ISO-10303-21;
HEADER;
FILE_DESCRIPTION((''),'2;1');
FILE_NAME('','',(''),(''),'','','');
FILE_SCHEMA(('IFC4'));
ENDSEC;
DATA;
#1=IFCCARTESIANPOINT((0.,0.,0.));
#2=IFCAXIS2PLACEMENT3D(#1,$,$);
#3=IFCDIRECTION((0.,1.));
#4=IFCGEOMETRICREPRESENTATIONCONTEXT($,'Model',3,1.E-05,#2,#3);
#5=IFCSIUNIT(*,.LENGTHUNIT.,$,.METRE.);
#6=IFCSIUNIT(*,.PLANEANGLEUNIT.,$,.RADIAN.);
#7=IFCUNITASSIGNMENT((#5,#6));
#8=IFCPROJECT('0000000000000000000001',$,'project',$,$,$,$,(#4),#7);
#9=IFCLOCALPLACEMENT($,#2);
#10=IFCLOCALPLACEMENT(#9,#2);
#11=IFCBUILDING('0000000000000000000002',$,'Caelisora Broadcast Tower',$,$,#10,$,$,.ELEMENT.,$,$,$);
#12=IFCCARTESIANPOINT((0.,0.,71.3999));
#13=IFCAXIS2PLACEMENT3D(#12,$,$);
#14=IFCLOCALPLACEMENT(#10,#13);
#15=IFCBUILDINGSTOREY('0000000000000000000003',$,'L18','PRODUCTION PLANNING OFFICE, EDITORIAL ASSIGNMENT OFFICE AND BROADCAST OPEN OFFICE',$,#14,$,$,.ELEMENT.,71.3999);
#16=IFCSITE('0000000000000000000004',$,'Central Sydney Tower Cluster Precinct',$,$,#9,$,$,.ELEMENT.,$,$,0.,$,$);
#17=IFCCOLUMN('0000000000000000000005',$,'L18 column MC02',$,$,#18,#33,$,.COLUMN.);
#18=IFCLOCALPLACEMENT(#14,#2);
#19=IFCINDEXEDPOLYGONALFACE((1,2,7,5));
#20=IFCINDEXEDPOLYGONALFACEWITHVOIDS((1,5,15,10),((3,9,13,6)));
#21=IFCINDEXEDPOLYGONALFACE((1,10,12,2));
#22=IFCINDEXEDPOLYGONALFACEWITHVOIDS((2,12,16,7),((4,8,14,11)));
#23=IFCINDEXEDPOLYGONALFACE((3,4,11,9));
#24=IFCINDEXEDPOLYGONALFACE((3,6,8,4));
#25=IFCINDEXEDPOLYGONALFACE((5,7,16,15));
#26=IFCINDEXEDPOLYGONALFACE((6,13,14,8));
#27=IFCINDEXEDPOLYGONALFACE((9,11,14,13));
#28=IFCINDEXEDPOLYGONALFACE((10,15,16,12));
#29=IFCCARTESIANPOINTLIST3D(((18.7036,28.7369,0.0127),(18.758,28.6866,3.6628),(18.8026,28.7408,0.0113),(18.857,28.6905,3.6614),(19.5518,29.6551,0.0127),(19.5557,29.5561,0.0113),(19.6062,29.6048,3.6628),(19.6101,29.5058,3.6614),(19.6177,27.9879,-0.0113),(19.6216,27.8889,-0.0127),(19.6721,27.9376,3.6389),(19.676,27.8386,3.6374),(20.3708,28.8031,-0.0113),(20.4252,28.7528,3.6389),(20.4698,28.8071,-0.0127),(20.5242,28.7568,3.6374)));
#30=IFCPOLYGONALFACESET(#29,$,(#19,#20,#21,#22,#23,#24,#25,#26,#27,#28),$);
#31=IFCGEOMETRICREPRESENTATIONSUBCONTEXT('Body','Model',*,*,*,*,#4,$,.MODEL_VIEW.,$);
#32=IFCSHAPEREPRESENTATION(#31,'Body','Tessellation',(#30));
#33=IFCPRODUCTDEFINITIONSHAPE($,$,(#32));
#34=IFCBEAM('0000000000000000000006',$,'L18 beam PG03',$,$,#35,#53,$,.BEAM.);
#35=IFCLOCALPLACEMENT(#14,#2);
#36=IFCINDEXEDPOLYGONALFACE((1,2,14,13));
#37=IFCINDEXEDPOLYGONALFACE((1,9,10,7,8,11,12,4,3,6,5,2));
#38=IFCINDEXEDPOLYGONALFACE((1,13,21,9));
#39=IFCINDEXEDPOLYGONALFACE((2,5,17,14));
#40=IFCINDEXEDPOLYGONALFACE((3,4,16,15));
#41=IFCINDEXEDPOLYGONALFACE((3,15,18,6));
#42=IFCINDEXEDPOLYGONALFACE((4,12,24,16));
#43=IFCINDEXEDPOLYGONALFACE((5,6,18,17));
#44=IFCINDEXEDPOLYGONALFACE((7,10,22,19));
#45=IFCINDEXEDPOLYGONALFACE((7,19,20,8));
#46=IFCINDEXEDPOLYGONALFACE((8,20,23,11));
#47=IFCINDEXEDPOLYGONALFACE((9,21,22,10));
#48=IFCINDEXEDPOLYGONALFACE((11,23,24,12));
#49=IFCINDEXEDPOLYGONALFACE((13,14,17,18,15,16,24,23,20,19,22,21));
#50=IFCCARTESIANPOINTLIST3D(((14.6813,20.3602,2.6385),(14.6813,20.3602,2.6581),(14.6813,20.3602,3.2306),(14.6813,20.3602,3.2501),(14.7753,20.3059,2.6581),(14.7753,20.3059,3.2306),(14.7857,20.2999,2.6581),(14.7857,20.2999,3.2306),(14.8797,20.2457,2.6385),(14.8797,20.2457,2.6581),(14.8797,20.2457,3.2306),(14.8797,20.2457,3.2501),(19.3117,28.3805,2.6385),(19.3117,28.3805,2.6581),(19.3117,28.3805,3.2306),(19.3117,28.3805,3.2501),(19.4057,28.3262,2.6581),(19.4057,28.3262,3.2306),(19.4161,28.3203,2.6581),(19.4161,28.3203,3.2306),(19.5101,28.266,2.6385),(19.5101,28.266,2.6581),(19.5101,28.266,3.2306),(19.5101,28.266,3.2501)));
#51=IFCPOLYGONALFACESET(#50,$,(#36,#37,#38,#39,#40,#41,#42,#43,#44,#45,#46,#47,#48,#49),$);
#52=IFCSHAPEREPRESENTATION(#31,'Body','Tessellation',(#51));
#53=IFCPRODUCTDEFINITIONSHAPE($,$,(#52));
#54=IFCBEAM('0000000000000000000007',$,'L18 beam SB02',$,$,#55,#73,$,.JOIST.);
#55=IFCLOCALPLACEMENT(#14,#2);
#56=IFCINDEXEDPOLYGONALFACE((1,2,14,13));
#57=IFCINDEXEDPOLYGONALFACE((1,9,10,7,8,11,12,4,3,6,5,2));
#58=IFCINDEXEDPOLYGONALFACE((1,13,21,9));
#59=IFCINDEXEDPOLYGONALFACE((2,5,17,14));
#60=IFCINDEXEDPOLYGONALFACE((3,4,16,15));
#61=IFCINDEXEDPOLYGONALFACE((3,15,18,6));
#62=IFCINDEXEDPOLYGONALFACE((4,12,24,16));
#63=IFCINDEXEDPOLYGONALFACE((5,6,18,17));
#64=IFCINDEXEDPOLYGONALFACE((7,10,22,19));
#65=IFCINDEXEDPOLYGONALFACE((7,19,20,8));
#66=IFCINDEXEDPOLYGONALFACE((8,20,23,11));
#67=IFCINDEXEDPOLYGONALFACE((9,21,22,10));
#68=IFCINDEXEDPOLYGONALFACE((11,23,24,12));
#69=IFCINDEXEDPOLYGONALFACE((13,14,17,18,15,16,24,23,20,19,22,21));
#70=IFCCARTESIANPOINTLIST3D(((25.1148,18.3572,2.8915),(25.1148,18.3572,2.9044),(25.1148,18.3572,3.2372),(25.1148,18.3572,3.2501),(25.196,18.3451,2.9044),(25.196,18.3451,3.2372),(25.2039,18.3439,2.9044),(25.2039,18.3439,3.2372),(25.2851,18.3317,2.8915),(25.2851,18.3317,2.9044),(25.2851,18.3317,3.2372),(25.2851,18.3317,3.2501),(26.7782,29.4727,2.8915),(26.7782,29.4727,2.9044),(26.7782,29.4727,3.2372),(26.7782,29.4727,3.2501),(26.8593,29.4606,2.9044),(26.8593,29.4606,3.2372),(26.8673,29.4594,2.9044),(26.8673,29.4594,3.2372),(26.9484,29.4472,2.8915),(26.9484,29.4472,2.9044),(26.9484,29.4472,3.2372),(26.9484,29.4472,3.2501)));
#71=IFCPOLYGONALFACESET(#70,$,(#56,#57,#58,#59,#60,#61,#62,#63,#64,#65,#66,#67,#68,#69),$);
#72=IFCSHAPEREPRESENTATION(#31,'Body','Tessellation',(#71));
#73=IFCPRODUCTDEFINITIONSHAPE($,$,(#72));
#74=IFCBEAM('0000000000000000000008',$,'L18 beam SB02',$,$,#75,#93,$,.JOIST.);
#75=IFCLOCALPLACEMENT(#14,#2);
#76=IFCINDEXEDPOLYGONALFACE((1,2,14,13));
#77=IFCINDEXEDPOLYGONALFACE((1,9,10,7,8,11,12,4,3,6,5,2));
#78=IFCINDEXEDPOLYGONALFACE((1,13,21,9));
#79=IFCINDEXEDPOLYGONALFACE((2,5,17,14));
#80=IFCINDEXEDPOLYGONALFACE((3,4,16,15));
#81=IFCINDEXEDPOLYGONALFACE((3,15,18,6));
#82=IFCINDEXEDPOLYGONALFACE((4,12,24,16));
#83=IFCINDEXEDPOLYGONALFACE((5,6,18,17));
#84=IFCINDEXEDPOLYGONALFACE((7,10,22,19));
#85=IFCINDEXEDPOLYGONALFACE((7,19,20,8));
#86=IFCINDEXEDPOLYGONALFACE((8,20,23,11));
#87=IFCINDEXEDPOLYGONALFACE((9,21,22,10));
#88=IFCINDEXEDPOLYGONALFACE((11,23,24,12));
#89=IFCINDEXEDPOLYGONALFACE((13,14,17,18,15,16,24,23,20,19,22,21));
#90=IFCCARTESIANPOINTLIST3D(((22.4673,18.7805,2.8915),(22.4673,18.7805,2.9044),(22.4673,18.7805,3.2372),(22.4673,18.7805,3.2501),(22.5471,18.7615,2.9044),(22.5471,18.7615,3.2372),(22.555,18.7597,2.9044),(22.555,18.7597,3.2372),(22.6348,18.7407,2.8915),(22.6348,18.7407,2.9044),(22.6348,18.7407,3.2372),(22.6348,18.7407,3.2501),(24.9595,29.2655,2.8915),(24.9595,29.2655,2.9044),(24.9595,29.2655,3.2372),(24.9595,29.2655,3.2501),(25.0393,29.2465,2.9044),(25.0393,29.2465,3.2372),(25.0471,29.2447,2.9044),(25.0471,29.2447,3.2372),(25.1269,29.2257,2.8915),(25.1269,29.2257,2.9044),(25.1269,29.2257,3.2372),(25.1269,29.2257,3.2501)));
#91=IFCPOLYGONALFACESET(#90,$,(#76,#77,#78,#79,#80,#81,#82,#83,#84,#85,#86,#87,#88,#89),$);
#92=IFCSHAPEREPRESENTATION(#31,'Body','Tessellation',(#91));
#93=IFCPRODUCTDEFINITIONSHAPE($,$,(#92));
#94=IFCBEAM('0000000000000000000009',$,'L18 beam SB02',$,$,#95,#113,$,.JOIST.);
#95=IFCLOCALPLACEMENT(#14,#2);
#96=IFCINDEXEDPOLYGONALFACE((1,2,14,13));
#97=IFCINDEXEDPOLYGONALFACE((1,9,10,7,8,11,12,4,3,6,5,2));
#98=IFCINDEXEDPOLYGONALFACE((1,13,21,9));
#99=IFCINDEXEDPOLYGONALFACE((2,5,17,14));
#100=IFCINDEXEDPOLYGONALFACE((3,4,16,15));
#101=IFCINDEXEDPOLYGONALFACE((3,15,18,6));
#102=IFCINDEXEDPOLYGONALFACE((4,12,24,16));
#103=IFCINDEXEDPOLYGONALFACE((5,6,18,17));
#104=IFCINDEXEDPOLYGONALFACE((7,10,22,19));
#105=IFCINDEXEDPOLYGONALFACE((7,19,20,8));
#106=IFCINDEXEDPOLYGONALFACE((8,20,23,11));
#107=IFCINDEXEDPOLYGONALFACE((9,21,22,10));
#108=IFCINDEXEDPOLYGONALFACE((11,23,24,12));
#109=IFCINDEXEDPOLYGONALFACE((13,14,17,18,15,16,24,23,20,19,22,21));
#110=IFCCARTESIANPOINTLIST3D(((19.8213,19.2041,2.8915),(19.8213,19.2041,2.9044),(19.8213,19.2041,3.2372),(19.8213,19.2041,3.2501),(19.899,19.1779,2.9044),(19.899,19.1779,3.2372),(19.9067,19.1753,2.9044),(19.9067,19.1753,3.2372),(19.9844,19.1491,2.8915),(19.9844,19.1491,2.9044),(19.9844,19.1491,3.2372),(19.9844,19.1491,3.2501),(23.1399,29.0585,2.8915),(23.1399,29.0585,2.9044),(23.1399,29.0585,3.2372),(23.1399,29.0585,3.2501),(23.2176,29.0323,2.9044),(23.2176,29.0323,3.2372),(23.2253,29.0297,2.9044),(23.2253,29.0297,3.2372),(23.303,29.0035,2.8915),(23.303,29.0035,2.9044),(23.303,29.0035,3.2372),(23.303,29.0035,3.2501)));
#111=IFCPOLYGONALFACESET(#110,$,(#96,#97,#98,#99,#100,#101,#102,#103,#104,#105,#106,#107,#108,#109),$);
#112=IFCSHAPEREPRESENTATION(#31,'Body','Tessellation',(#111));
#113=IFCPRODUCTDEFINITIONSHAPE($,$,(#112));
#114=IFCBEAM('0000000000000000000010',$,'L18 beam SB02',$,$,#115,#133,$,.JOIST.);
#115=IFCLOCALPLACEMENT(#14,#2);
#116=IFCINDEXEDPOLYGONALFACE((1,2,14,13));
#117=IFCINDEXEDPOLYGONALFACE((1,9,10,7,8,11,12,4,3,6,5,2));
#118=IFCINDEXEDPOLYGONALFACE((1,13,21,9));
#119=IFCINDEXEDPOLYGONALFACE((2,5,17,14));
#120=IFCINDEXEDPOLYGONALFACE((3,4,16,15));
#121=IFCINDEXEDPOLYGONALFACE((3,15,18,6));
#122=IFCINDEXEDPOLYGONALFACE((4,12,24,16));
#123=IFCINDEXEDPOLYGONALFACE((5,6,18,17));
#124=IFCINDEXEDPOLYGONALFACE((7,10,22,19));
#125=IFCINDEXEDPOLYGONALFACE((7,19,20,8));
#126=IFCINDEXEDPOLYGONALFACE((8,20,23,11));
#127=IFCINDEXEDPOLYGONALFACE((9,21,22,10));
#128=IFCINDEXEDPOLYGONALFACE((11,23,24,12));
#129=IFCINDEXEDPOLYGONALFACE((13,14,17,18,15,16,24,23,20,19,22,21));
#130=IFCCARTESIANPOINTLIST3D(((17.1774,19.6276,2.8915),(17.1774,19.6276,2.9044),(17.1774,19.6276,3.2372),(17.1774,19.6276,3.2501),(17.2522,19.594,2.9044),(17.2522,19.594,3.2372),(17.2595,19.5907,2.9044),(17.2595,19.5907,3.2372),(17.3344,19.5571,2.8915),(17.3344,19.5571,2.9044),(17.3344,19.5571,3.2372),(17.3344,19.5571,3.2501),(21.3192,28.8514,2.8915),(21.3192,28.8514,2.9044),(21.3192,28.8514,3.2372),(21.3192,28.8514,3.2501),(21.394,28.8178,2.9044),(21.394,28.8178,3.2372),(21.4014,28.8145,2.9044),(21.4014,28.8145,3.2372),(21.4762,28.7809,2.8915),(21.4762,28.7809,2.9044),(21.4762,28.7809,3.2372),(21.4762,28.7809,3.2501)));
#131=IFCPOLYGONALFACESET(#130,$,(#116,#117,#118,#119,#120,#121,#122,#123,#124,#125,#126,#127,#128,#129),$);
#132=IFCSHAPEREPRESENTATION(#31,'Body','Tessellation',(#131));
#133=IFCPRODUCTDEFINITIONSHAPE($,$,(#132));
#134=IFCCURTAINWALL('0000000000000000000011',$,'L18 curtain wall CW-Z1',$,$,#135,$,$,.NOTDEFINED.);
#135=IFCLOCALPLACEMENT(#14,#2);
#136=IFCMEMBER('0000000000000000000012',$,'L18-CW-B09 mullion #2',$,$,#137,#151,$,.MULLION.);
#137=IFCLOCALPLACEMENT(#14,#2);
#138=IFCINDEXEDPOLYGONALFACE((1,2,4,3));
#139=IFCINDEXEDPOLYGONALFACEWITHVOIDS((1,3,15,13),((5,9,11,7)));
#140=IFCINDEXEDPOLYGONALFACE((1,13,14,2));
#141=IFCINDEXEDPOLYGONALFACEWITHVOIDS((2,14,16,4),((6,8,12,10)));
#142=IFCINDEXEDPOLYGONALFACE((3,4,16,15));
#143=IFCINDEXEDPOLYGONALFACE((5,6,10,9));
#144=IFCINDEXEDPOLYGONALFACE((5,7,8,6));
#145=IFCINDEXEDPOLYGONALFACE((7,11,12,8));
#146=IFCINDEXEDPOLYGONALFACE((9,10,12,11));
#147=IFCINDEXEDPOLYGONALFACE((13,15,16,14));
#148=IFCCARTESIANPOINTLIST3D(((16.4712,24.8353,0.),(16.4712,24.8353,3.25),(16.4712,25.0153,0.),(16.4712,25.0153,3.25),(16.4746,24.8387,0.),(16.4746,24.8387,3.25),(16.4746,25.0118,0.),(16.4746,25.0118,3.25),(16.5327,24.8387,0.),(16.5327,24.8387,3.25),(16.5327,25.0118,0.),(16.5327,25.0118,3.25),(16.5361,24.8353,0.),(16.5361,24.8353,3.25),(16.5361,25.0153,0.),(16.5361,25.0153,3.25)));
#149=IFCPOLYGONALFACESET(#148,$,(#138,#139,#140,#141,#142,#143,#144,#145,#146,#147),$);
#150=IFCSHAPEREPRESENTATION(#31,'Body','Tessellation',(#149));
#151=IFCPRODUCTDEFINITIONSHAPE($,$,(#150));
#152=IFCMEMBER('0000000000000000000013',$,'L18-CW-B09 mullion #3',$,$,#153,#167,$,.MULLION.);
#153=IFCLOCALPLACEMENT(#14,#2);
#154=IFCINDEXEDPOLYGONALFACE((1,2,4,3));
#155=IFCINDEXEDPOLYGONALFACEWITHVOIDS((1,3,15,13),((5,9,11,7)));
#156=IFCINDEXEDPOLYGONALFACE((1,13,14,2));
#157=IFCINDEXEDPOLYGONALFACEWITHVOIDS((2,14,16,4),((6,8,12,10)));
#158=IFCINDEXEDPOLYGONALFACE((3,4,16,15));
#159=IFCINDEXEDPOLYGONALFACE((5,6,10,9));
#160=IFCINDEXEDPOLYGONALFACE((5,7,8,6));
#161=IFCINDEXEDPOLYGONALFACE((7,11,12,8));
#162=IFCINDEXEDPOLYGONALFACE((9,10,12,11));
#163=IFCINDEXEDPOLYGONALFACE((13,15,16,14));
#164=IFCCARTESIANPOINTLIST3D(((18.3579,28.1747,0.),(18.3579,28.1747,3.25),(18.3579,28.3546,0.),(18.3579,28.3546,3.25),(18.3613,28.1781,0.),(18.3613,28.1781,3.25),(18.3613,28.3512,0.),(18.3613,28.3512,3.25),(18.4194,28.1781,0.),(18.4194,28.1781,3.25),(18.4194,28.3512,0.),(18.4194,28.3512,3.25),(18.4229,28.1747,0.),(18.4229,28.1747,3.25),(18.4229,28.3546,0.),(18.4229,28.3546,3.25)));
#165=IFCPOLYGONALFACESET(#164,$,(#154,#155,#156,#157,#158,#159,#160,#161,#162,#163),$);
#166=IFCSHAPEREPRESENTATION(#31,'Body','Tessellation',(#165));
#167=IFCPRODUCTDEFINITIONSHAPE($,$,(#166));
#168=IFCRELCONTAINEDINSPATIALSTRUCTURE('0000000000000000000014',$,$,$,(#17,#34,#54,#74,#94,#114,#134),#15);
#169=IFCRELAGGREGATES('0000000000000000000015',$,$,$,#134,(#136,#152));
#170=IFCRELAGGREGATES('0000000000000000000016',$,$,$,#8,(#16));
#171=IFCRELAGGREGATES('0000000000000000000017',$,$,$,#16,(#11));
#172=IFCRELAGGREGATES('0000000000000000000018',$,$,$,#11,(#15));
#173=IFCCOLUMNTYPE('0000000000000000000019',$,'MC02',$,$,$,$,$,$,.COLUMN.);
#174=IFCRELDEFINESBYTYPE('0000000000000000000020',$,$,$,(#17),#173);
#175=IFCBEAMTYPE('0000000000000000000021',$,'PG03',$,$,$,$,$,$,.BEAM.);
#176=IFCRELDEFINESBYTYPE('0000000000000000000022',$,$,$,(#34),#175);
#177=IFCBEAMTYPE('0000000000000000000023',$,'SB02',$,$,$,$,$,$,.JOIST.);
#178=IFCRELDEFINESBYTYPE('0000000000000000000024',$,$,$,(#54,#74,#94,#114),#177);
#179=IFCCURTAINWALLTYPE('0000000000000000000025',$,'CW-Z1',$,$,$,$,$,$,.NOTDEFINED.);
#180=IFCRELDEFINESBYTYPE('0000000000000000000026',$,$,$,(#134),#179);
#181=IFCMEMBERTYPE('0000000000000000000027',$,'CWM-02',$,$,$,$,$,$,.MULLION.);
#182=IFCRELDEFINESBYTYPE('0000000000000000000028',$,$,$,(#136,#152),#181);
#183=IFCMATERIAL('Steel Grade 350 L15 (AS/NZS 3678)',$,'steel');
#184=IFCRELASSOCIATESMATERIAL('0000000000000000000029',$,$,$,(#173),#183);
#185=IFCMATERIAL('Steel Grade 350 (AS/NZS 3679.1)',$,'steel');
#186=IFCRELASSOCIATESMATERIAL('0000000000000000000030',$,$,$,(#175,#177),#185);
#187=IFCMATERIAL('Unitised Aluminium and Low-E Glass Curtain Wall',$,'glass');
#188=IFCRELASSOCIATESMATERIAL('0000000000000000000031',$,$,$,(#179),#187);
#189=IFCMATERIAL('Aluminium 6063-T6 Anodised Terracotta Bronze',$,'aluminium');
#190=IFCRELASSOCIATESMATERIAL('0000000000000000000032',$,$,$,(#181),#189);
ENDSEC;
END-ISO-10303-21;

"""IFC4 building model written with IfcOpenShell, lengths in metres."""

from ifc_helpers import new_model, si_unit, direction, frame, origin, origin_2d, place, context, subcontext, project, spatial, hollow_rectangle, i_section, extrude, source, transform, mapped, material, material_profile, profile_set, type_object, type_shapes, element, aggregate, save


model = new_model("IFC4")

# Units and contexts
model_context = context("Model", 3, precision=1e-05, world=origin(), true_north=direction((0.0, 1.0)))
body_context = subcontext(model_context, "Body", "Model", "MODEL_VIEW")
ifc_project = project(units=[si_unit("LENGTHUNIT", "METRE"), si_unit("PLANEANGLEUNIT", "RADIAN")], contexts=[model_context])

# Site, building, storey
site_placement = place(None, origin())
site = spatial("IfcSite", under=ifc_project, at=site_placement, Name="Central Sydney Tower Cluster Precinct", CompositionType="ELEMENT", RefElevation=0.0)
building_placement = place(site_placement, origin())
building = spatial("IfcBuilding", under=site, at=building_placement, Name="Caelisora Broadcast Tower", CompositionType="ELEMENT")
storey_placement = place(building_placement, frame((0.0, 0.0, 71.3999)))
storey = spatial("IfcBuildingStorey", under=building, at=storey_placement, Name="L18", Description="PRODUCTION PLANNING OFFICE, EDITORIAL ASSIGNMENT OFFICE AND BROADCAST OPEN OFFICE", CompositionType="ELEMENT", Elevation=71.3999)

# Column
ifc_material_1 = material(Name="Steel Grade 350 L15 (AS/NZS 3678)", Category="steel")
ifc_material_profile_1 = material_profile(ifc_material_1, hollow_rectangle(XDim=1.25, YDim=1.25, WallThickness=0.0701, at=origin_2d()), Name="Steel Grade 350 L15 (AS/NZS 3678)")
ifc_profile_set_1 = profile_set([ifc_material_profile_1], Name="Steel Grade 350 L15 (AS/NZS 3678)")
column_type = type_object("IfcColumnType", Name="MC02", PredefinedType="COLUMN", material=ifc_profile_set_1)
shared_shape_1 = source(origin(), body_context, "Body", "SweptSolid", [
    extrude(hollow_rectangle(XDim=1.25, YDim=1.25, WallThickness=0.0701, at=origin_2d()), origin(), (0.0, 0.0, 1.0), 3.6509),
])
type_shapes(column_type, [shared_shape_1])
column_placement = place(storey_placement, frame((19.5867, 28.772, 0.0), z_axis=(0.014912, -0.013776, 0.999794), x_axis=(0.678554, 0.734551, 0.0)))
element("IfcColumn", 1, at=column_placement, inside=storey, type_object=column_type, Name="L18 column MC02", PredefinedType="COLUMN", context=body_context, shape_type="MappedRepresentation", body=[
    mapped(shared_shape_1, transform((0.0, 0.0, 0.0), scale=1.0)),
])

# Beams
ifc_material_2 = material(Name="Steel Grade 350 (AS/NZS 3679.1)", Category="steel")
ifc_material_profile_2 = material_profile(ifc_material_2, i_section(OverallWidth=0.229, OverallDepth=0.6116, WebThickness=0.012, FlangeThickness=0.0195, at=origin_2d()), Name="Steel Grade 350 (AS/NZS 3679.1)")
ifc_profile_set_2 = profile_set([ifc_material_profile_2], Name="Steel Grade 350 (AS/NZS 3679.1)")
beam_type_1 = type_object("IfcBeamType", Name="PG03", PredefinedType="BEAM", material=ifc_profile_set_2)
shared_shape_2 = source(origin(), body_context, "Body", "SweptSolid", [
    extrude(i_section(OverallWidth=0.229, OverallDepth=0.6116, WebThickness=0.012, FlangeThickness=0.0195, at=origin_2d()), origin(), (0.0, 0.0, 1.0), 9.261),
])
type_shapes(beam_type_1, [shared_shape_2])
beam_1_placement = place(storey_placement, frame((19.4109, 28.3232, 2.9443), z_axis=(-0.499989, -0.866031, 0.0), x_axis=(0.866031, -0.499989, 0.0)))
element("IfcBeam", 2, at=beam_1_placement, inside=storey, type_object=beam_type_1, Name="L18 beam PG03", PredefinedType="BEAM", context=body_context, shape_type="MappedRepresentation", body=[
    mapped(shared_shape_2, transform((0.0, 0.0, 0.0), scale=1.0)),
])
ifc_material_profile_3 = material_profile(ifc_material_2, i_section(OverallWidth=0.1721, OverallDepth=0.3586, WebThickness=0.0081, FlangeThickness=0.0129, at=origin_2d()), Name="Steel Grade 350 (AS/NZS 3679.1)")
ifc_profile_set_3 = profile_set([ifc_material_profile_3], Name="Steel Grade 350 (AS/NZS 3679.1)")
beam_type_2 = type_object("IfcBeamType", Name="SB02", PredefinedType="JOIST", material=ifc_profile_set_3)
shared_shape_3 = source(origin(), body_context, "Body", "SweptSolid", [
    extrude(i_section(OverallWidth=0.1721, OverallDepth=0.3586, WebThickness=0.0081, FlangeThickness=0.0129, at=origin_2d()), origin(), (0.0, 0.0, 1.0), 11.2393),
])
beam_2_placement = place(storey_placement, frame((26.8633, 29.46, 3.0708), z_axis=(-0.147993, -0.988988, 0.0), x_axis=(0.988988, -0.147993, 0.0)))
element("IfcBeam", 3, at=beam_2_placement, inside=storey, type_object=beam_type_2, Name="L18 beam SB02", PredefinedType="JOIST", context=body_context, shape_type="MappedRepresentation", body=[
    mapped(shared_shape_3, transform((0.0, 0.0, 0.0), scale=1.0)),
])
shared_shape_4 = source(origin(), body_context, "Body", "SweptSolid", [
    extrude(i_section(OverallWidth=0.1721, OverallDepth=0.3586, WebThickness=0.0081, FlangeThickness=0.0129, at=origin_2d()), origin(), (0.0, 0.0, 1.0), 10.7771),
])
beam_3_placement = place(storey_placement, frame((25.0432, 29.2456, 3.0708), z_axis=(-0.231246, -0.972895, 0.0), x_axis=(0.972895, -0.231246, 0.0)))
element("IfcBeam", 4, at=beam_3_placement, inside=storey, type_object=beam_type_2, Name="L18 beam SB02", PredefinedType="JOIST", context=body_context, shape_type="MappedRepresentation", body=[
    mapped(shared_shape_4, transform((0.0, 0.0, 0.0), scale=1.0)),
])
shared_shape_5 = source(origin(), body_context, "Body", "SweptSolid", [
    extrude(i_section(OverallWidth=0.1721, OverallDepth=0.3586, WebThickness=0.0081, FlangeThickness=0.0129, at=origin_2d()), origin(), (0.0, 0.0, 1.0), 10.3982),
])
beam_4_placement = place(storey_placement, frame((23.2214, 29.031, 3.0708), z_axis=(-0.319149, -0.947704, 0.0), x_axis=(0.947704, -0.319149, 0.0)))
element("IfcBeam", 5, at=beam_4_placement, inside=storey, type_object=beam_type_2, Name="L18 beam SB02", PredefinedType="JOIST", context=body_context, shape_type="MappedRepresentation", body=[
    mapped(shared_shape_5, transform((0.0, 0.0, 0.0), scale=1.0)),
])
shared_shape_6 = source(origin(), body_context, "Body", "SweptSolid", [
    extrude(i_section(OverallWidth=0.1721, OverallDepth=0.3586, WebThickness=0.0081, FlangeThickness=0.0129, at=origin_2d()), origin(), (0.0, 0.0, 1.0), 10.1111),
])
type_shapes(beam_type_2, [shared_shape_3, shared_shape_4, shared_shape_5, shared_shape_6])
beam_5_placement = place(storey_placement, frame((21.3977, 28.8162, 3.0708), z_axis=(-0.409633, -0.912251, 0.0), x_axis=(0.912251, -0.409633, 0.0)))
element("IfcBeam", 6, at=beam_5_placement, inside=storey, type_object=beam_type_2, Name="L18 beam SB02", PredefinedType="JOIST", context=body_context, shape_type="MappedRepresentation", body=[
    mapped(shared_shape_6, transform((0.0, 0.0, 0.0), scale=1.0)),
])

# Curtain wall, members
ifc_material_3 = material(Name="Unitised Aluminium and Low-E Glass Curtain Wall", Category="glass")
curtain_wall_type_1 = type_object("IfcCurtainWallType", Name="CW-Z1", PredefinedType="NOTDEFINED", material=ifc_material_3)
curtain_wall_1_placement = place(storey_placement, origin())
curtain_wall_1 = element("IfcCurtainWall", 7, at=curtain_wall_1_placement, inside=storey, type_object=curtain_wall_type_1, Name="L18 curtain wall CW-Z1", PredefinedType="NOTDEFINED")
ifc_material_4 = material(Name="Aluminium 6063-T6 Anodised Terracotta Bronze", Category="aluminium")
ifc_material_profile_4 = material_profile(ifc_material_4, hollow_rectangle(XDim=0.0649, YDim=0.1799, WallThickness=0.0034, at=origin_2d()), Name="Aluminium 6063-T6 Anodised Terracotta Bronze")
ifc_profile_set_4 = profile_set([ifc_material_profile_4], Name="Aluminium 6063-T6 Anodised Terracotta Bronze")
member_type_1 = type_object("IfcMemberType", Name="CWM-02", PredefinedType="MULLION", material=ifc_profile_set_4)
shared_shape_7 = source(origin(), body_context, "Body", "SweptSolid", [
    extrude(hollow_rectangle(XDim=0.0649, YDim=0.1799, WallThickness=0.0034, at=origin_2d()), origin(), (0.0, 0.0, 1.0), 3.25),
])
type_shapes(member_type_1, [shared_shape_7])
member_1_placement = place(storey_placement, frame((16.5037, 24.9253, 0.0), z_axis=(0.0, 0.0, 1.0), x_axis=(1.0, 0.0, 0.0)))
member_1 = element("IfcMember", 8, at=member_1_placement, type_object=member_type_1, Name="L18-CW-B09 mullion #2", PredefinedType="MULLION", context=body_context, shape_type="MappedRepresentation", body=[
    mapped(shared_shape_7, transform((0.0, 0.0, 0.0), scale=1.0)),
])
member_2_placement = place(storey_placement, frame((18.3904, 28.2646, 0.0), z_axis=(0.0, 0.0, 1.0), x_axis=(1.0, 0.0, 0.0)))
member_2 = element("IfcMember", 9, at=member_2_placement, type_object=member_type_1, Name="L18-CW-B09 mullion #3", PredefinedType="MULLION", context=body_context, shape_type="MappedRepresentation", body=[
    mapped(shared_shape_7, transform((0.0, 0.0, 0.0), scale=1.0)),
])

aggregate(curtain_wall_1, [member_1, member_2])

save(model, "model.ifc")
